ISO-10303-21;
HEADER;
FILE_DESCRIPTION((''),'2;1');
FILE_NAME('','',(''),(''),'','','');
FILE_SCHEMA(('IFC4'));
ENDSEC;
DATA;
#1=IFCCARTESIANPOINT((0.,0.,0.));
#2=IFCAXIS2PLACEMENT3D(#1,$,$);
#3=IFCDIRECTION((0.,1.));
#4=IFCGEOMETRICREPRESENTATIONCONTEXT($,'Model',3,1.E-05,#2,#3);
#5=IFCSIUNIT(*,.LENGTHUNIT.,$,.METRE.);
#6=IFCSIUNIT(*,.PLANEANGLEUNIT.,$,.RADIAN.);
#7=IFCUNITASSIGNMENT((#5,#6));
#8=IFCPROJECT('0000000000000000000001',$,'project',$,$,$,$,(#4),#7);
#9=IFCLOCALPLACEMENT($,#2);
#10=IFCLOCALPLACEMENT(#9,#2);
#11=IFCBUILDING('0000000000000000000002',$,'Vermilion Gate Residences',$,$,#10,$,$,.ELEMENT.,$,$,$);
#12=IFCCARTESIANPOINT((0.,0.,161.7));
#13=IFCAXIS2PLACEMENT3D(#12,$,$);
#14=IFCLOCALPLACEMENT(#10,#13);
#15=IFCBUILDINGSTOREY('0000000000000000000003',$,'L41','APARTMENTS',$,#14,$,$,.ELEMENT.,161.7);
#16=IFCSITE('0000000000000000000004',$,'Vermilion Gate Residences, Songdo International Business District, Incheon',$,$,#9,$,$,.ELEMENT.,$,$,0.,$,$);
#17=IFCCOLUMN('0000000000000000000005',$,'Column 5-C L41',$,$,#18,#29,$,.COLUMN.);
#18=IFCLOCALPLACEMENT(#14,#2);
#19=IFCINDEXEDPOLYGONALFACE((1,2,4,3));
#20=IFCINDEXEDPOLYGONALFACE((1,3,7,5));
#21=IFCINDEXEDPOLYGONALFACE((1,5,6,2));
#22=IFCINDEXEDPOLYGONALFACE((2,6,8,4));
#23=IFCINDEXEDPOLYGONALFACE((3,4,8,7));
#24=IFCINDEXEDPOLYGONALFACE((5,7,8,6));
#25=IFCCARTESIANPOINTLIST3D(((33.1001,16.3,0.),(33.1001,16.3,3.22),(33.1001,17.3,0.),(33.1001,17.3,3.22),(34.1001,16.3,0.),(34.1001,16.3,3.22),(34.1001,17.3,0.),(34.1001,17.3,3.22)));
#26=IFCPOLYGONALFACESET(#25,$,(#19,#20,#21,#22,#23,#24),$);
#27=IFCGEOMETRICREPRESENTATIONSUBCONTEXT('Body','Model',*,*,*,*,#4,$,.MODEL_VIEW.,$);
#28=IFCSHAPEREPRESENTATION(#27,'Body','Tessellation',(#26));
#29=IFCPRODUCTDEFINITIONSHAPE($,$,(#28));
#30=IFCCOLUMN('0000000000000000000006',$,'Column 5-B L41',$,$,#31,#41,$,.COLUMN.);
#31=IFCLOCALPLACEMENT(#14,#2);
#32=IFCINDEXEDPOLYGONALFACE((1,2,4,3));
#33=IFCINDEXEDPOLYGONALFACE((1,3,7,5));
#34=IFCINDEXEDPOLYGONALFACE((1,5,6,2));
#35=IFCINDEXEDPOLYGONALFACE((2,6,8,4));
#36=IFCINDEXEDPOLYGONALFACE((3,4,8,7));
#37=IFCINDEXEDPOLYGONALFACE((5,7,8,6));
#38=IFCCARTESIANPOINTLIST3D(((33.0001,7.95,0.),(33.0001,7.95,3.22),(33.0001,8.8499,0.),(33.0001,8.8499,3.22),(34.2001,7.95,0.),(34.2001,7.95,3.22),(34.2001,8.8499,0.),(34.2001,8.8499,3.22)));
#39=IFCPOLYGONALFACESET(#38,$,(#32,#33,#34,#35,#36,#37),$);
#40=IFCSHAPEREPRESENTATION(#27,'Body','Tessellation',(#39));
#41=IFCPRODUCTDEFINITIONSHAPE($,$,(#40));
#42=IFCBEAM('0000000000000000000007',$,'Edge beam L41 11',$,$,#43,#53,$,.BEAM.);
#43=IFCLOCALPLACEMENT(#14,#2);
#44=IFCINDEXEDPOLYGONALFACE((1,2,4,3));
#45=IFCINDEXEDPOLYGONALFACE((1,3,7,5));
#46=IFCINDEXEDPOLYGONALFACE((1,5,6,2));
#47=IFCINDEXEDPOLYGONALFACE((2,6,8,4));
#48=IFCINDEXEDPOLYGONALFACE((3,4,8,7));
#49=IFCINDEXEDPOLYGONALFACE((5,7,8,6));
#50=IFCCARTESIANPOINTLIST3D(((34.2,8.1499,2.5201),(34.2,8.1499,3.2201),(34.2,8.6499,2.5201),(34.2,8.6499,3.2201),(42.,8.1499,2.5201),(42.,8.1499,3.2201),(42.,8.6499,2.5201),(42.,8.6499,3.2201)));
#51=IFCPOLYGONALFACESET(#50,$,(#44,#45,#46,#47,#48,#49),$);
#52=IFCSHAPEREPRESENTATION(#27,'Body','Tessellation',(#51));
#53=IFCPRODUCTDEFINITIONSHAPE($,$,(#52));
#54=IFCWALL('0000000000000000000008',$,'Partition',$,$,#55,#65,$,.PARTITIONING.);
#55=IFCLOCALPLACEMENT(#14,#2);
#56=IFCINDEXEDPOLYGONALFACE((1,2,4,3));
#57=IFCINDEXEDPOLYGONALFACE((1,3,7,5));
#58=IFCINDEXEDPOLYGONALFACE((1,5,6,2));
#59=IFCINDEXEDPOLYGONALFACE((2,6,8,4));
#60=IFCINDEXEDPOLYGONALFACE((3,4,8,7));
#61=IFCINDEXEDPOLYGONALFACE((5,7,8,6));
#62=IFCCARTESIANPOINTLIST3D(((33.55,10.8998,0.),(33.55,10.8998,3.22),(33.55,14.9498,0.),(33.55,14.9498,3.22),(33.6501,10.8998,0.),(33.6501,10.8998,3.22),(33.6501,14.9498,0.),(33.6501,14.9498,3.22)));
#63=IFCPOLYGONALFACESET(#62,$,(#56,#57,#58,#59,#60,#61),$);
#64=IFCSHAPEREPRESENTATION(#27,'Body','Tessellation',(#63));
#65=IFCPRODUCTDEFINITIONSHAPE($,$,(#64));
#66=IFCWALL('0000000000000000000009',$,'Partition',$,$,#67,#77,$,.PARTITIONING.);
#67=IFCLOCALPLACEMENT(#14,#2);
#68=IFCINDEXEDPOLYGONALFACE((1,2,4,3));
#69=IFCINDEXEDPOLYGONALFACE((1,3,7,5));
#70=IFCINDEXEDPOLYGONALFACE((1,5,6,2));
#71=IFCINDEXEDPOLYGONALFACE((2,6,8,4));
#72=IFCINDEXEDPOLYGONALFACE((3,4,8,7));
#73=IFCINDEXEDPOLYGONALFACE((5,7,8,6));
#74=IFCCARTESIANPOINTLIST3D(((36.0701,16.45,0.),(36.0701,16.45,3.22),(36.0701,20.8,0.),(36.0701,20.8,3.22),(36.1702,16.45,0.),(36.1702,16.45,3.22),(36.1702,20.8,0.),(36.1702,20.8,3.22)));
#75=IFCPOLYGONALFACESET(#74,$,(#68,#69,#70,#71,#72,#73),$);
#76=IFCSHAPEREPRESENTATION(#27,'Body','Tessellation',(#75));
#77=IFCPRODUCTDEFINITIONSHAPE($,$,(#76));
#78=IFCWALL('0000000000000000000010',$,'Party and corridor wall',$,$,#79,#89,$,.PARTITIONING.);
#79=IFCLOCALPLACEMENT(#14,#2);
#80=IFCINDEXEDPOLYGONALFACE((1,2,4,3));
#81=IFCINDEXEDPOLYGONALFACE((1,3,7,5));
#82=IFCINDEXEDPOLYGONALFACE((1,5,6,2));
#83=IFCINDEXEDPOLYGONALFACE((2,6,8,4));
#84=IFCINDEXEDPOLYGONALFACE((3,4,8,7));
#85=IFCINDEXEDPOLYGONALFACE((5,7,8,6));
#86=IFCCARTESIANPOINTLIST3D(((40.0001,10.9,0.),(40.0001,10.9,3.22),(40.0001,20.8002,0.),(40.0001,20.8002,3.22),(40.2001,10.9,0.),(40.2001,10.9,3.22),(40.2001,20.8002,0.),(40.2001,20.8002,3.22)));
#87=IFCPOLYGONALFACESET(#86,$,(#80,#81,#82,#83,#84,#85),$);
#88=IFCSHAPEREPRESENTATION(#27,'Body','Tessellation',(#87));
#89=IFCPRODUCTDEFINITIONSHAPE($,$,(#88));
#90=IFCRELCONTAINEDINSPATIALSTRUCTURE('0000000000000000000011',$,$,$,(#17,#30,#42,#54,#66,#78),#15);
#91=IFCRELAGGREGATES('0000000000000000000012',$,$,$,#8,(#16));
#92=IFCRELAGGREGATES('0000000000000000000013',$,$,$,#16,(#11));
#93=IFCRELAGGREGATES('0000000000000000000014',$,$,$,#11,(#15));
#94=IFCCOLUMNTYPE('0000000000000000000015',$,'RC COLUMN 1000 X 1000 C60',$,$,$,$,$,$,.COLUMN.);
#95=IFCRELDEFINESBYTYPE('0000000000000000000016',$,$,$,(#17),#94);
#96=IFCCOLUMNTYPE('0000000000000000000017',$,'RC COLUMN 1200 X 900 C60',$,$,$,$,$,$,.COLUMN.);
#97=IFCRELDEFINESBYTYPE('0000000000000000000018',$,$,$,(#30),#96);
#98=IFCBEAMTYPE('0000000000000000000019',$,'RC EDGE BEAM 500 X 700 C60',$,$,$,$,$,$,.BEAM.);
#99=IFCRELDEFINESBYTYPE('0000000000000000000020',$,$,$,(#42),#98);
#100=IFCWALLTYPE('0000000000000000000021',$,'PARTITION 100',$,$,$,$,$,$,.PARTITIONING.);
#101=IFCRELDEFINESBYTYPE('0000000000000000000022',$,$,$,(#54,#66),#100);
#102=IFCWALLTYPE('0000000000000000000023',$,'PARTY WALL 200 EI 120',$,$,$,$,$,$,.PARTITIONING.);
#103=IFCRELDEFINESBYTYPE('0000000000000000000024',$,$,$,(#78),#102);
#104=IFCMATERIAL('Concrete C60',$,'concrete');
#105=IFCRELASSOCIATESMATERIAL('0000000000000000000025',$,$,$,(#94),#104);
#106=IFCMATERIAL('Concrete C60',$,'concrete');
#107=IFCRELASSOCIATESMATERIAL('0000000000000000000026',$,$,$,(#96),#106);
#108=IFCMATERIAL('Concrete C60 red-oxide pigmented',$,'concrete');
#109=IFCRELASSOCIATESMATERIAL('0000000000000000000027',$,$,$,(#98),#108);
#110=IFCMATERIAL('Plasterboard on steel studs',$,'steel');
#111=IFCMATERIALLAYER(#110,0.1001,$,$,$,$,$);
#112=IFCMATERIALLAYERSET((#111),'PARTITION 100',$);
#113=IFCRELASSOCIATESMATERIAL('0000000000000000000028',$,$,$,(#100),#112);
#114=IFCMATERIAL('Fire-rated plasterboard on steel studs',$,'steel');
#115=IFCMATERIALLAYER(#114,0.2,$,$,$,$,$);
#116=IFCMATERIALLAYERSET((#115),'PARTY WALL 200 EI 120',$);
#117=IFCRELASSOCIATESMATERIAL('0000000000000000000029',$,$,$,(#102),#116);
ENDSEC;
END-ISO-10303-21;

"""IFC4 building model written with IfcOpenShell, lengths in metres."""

from ifc_helpers import new_model, si_unit, direction, frame, frame_2d, origin, origin_2d, place, context, subcontext, project, spatial, rectangle, extrude, material, layer, layer_set, material_profile, profile_set, type_object, element, save


model = new_model("IFC4")

# Units and contexts
model_context = context("Model", 3, precision=1e-05, world=origin(), true_north=direction((0.0, 1.0)))
body_context = subcontext(model_context, "Body", "Model", "MODEL_VIEW")
ifc_project = project(units=[si_unit("LENGTHUNIT", "METRE"), si_unit("PLANEANGLEUNIT", "RADIAN")], contexts=[model_context])

# Site, building, storey
site_placement = place(None, origin())
site = spatial("IfcSite", under=ifc_project, at=site_placement, Name="Vermilion Gate Residences, Songdo International Business District, Incheon", CompositionType="ELEMENT", RefElevation=0.0)
building_placement = place(site_placement, origin())
building = spatial("IfcBuilding", under=site, at=building_placement, Name="Vermilion Gate Residences", CompositionType="ELEMENT")
storey_placement = place(building_placement, frame((0.0, 0.0, 161.7)))
storey = spatial("IfcBuildingStorey", under=building, at=storey_placement, Name="L41", Description="APARTMENTS", CompositionType="ELEMENT", Elevation=161.7)

# Columns
ifc_material_1 = material(Name="Concrete C60", Category="concrete")
ifc_material_profile_1 = material_profile(ifc_material_1, rectangle(XDim=1.0, YDim=1.0, at=origin_2d()), Name="RC-1000x1000")
ifc_profile_set_1 = profile_set([ifc_material_profile_1], Name="Concrete C60")
column_type_1 = type_object("IfcColumnType", Name="RC COLUMN 1000 X 1000 C60", PredefinedType="COLUMN", material=ifc_profile_set_1)
column_1_placement = place(storey_placement, frame((33.6001, 16.8, 0.0), z_axis=(0.0, 0.0, 1.0), x_axis=(1.0, 0.0, 0.0)))
element("IfcColumn", 1, at=column_1_placement, inside=storey, type_object=column_type_1, Name="Column 5-C L41", PredefinedType="COLUMN", context=body_context, shape_type="SweptSolid", body=[
    extrude(rectangle(XDim=1.0, YDim=1.0, at=origin_2d()), origin(), (0.0, 0.0, 1.0), 3.22),
])
ifc_material_2 = material(Name="Concrete C60", Category="concrete")
ifc_material_profile_2 = material_profile(ifc_material_2, rectangle(XDim=1.2, YDim=0.8999, at=origin_2d()), Name="RC-1200x900")
ifc_profile_set_2 = profile_set([ifc_material_profile_2], Name="Concrete C60")
column_type_2 = type_object("IfcColumnType", Name="RC COLUMN 1200 X 900 C60", PredefinedType="COLUMN", material=ifc_profile_set_2)
column_2_placement = place(storey_placement, frame((33.6001, 8.3999, 0.0), z_axis=(0.0, 0.0, 1.0), x_axis=(1.0, 0.0, 0.0)))
element("IfcColumn", 2, at=column_2_placement, inside=storey, type_object=column_type_2, Name="Column 5-B L41", PredefinedType="COLUMN", context=body_context, shape_type="SweptSolid", body=[
    extrude(rectangle(XDim=1.2, YDim=0.8999, at=origin_2d()), origin(), (0.0, 0.0, 1.0), 3.22),
])

# Beam
ifc_material_3 = material(Name="Concrete C60 red-oxide pigmented", Category="concrete")
ifc_material_profile_3 = material_profile(ifc_material_3, rectangle(XDim=0.5, YDim=0.7, at=origin_2d()), Name="RC-500x700")
ifc_profile_set_3 = profile_set([ifc_material_profile_3], Name="Concrete C60 red-oxide pigmented")
beam_type = type_object("IfcBeamType", Name="RC EDGE BEAM 500 X 700 C60", PredefinedType="BEAM", material=ifc_profile_set_3)
beam_placement = place(storey_placement, frame((34.2, 8.3999, 2.8701), z_axis=(1.0, 0.0, 0.0), x_axis=(0.0, 1.0, 0.0)))
element("IfcBeam", 3, at=beam_placement, inside=storey, type_object=beam_type, Name="Edge beam L41 11", PredefinedType="BEAM", context=body_context, shape_type="SweptSolid", body=[
    extrude(rectangle(XDim=0.5, YDim=0.7, at=origin_2d()), origin(), (0.0, 0.0, 1.0), 7.8),
])

# Walls
ifc_material_4 = material(Name="Plasterboard on steel studs", Category="steel")
ifc_layer_1 = layer(ifc_material_4, 0.1001)
ifc_layer_set_1 = layer_set([ifc_layer_1], Name="PARTITION 100")
wall_type_1 = type_object("IfcWallType", Name="PARTITION 100", PredefinedType="PARTITIONING", material=ifc_layer_set_1)
wall_1_placement = place(storey_placement, frame((33.6001, 10.8999, 0.0), z_axis=(0.0, 0.0, 1.0), x_axis=(0.0, 1.0, 0.0)))
element("IfcWall", 4, at=wall_1_placement, inside=storey, type_object=wall_type_1, Name="Partition", PredefinedType="PARTITIONING", context=body_context, shape_type="SweptSolid", body=[
    extrude(rectangle(XDim=4.05, YDim=0.1001, at=frame_2d((2.0249, 0.0))), origin(), (0.0, 0.0, 1.0), 3.22),
])
wall_2_placement = place(storey_placement, frame((36.1201, 16.45, 0.0), z_axis=(0.0, 0.0, 1.0), x_axis=(0.0, 1.0, 0.0)))
element("IfcWall", 5, at=wall_2_placement, inside=storey, type_object=wall_type_1, Name="Partition", PredefinedType="PARTITIONING", context=body_context, shape_type="SweptSolid", body=[
    extrude(rectangle(XDim=4.3501, YDim=0.1001, at=frame_2d((2.175, 0.0))), origin(), (0.0, 0.0, 1.0), 3.22),
])
ifc_material_5 = material(Name="Fire-rated plasterboard on steel studs", Category="steel")
ifc_layer_2 = layer(ifc_material_5, 0.2)
ifc_layer_set_2 = layer_set([ifc_layer_2], Name="PARTY WALL 200 EI 120")
wall_type_2 = type_object("IfcWallType", Name="PARTY WALL 200 EI 120", PredefinedType="PARTITIONING", material=ifc_layer_set_2)
wall_3_placement = place(storey_placement, frame((40.1001, 10.8999, 0.0), z_axis=(0.0, 0.0, 1.0), x_axis=(0.0, 1.0, 0.0)))
element("IfcWall", 6, at=wall_3_placement, inside=storey, type_object=wall_type_2, Name="Party and corridor wall", PredefinedType="PARTITIONING", context=body_context, shape_type="SweptSolid", body=[
    extrude(rectangle(XDim=9.9001, YDim=0.2, at=frame_2d((4.9502, 0.0))), origin(), (0.0, 0.0, 1.0), 3.22),
])

save(model, "model.ifc")
